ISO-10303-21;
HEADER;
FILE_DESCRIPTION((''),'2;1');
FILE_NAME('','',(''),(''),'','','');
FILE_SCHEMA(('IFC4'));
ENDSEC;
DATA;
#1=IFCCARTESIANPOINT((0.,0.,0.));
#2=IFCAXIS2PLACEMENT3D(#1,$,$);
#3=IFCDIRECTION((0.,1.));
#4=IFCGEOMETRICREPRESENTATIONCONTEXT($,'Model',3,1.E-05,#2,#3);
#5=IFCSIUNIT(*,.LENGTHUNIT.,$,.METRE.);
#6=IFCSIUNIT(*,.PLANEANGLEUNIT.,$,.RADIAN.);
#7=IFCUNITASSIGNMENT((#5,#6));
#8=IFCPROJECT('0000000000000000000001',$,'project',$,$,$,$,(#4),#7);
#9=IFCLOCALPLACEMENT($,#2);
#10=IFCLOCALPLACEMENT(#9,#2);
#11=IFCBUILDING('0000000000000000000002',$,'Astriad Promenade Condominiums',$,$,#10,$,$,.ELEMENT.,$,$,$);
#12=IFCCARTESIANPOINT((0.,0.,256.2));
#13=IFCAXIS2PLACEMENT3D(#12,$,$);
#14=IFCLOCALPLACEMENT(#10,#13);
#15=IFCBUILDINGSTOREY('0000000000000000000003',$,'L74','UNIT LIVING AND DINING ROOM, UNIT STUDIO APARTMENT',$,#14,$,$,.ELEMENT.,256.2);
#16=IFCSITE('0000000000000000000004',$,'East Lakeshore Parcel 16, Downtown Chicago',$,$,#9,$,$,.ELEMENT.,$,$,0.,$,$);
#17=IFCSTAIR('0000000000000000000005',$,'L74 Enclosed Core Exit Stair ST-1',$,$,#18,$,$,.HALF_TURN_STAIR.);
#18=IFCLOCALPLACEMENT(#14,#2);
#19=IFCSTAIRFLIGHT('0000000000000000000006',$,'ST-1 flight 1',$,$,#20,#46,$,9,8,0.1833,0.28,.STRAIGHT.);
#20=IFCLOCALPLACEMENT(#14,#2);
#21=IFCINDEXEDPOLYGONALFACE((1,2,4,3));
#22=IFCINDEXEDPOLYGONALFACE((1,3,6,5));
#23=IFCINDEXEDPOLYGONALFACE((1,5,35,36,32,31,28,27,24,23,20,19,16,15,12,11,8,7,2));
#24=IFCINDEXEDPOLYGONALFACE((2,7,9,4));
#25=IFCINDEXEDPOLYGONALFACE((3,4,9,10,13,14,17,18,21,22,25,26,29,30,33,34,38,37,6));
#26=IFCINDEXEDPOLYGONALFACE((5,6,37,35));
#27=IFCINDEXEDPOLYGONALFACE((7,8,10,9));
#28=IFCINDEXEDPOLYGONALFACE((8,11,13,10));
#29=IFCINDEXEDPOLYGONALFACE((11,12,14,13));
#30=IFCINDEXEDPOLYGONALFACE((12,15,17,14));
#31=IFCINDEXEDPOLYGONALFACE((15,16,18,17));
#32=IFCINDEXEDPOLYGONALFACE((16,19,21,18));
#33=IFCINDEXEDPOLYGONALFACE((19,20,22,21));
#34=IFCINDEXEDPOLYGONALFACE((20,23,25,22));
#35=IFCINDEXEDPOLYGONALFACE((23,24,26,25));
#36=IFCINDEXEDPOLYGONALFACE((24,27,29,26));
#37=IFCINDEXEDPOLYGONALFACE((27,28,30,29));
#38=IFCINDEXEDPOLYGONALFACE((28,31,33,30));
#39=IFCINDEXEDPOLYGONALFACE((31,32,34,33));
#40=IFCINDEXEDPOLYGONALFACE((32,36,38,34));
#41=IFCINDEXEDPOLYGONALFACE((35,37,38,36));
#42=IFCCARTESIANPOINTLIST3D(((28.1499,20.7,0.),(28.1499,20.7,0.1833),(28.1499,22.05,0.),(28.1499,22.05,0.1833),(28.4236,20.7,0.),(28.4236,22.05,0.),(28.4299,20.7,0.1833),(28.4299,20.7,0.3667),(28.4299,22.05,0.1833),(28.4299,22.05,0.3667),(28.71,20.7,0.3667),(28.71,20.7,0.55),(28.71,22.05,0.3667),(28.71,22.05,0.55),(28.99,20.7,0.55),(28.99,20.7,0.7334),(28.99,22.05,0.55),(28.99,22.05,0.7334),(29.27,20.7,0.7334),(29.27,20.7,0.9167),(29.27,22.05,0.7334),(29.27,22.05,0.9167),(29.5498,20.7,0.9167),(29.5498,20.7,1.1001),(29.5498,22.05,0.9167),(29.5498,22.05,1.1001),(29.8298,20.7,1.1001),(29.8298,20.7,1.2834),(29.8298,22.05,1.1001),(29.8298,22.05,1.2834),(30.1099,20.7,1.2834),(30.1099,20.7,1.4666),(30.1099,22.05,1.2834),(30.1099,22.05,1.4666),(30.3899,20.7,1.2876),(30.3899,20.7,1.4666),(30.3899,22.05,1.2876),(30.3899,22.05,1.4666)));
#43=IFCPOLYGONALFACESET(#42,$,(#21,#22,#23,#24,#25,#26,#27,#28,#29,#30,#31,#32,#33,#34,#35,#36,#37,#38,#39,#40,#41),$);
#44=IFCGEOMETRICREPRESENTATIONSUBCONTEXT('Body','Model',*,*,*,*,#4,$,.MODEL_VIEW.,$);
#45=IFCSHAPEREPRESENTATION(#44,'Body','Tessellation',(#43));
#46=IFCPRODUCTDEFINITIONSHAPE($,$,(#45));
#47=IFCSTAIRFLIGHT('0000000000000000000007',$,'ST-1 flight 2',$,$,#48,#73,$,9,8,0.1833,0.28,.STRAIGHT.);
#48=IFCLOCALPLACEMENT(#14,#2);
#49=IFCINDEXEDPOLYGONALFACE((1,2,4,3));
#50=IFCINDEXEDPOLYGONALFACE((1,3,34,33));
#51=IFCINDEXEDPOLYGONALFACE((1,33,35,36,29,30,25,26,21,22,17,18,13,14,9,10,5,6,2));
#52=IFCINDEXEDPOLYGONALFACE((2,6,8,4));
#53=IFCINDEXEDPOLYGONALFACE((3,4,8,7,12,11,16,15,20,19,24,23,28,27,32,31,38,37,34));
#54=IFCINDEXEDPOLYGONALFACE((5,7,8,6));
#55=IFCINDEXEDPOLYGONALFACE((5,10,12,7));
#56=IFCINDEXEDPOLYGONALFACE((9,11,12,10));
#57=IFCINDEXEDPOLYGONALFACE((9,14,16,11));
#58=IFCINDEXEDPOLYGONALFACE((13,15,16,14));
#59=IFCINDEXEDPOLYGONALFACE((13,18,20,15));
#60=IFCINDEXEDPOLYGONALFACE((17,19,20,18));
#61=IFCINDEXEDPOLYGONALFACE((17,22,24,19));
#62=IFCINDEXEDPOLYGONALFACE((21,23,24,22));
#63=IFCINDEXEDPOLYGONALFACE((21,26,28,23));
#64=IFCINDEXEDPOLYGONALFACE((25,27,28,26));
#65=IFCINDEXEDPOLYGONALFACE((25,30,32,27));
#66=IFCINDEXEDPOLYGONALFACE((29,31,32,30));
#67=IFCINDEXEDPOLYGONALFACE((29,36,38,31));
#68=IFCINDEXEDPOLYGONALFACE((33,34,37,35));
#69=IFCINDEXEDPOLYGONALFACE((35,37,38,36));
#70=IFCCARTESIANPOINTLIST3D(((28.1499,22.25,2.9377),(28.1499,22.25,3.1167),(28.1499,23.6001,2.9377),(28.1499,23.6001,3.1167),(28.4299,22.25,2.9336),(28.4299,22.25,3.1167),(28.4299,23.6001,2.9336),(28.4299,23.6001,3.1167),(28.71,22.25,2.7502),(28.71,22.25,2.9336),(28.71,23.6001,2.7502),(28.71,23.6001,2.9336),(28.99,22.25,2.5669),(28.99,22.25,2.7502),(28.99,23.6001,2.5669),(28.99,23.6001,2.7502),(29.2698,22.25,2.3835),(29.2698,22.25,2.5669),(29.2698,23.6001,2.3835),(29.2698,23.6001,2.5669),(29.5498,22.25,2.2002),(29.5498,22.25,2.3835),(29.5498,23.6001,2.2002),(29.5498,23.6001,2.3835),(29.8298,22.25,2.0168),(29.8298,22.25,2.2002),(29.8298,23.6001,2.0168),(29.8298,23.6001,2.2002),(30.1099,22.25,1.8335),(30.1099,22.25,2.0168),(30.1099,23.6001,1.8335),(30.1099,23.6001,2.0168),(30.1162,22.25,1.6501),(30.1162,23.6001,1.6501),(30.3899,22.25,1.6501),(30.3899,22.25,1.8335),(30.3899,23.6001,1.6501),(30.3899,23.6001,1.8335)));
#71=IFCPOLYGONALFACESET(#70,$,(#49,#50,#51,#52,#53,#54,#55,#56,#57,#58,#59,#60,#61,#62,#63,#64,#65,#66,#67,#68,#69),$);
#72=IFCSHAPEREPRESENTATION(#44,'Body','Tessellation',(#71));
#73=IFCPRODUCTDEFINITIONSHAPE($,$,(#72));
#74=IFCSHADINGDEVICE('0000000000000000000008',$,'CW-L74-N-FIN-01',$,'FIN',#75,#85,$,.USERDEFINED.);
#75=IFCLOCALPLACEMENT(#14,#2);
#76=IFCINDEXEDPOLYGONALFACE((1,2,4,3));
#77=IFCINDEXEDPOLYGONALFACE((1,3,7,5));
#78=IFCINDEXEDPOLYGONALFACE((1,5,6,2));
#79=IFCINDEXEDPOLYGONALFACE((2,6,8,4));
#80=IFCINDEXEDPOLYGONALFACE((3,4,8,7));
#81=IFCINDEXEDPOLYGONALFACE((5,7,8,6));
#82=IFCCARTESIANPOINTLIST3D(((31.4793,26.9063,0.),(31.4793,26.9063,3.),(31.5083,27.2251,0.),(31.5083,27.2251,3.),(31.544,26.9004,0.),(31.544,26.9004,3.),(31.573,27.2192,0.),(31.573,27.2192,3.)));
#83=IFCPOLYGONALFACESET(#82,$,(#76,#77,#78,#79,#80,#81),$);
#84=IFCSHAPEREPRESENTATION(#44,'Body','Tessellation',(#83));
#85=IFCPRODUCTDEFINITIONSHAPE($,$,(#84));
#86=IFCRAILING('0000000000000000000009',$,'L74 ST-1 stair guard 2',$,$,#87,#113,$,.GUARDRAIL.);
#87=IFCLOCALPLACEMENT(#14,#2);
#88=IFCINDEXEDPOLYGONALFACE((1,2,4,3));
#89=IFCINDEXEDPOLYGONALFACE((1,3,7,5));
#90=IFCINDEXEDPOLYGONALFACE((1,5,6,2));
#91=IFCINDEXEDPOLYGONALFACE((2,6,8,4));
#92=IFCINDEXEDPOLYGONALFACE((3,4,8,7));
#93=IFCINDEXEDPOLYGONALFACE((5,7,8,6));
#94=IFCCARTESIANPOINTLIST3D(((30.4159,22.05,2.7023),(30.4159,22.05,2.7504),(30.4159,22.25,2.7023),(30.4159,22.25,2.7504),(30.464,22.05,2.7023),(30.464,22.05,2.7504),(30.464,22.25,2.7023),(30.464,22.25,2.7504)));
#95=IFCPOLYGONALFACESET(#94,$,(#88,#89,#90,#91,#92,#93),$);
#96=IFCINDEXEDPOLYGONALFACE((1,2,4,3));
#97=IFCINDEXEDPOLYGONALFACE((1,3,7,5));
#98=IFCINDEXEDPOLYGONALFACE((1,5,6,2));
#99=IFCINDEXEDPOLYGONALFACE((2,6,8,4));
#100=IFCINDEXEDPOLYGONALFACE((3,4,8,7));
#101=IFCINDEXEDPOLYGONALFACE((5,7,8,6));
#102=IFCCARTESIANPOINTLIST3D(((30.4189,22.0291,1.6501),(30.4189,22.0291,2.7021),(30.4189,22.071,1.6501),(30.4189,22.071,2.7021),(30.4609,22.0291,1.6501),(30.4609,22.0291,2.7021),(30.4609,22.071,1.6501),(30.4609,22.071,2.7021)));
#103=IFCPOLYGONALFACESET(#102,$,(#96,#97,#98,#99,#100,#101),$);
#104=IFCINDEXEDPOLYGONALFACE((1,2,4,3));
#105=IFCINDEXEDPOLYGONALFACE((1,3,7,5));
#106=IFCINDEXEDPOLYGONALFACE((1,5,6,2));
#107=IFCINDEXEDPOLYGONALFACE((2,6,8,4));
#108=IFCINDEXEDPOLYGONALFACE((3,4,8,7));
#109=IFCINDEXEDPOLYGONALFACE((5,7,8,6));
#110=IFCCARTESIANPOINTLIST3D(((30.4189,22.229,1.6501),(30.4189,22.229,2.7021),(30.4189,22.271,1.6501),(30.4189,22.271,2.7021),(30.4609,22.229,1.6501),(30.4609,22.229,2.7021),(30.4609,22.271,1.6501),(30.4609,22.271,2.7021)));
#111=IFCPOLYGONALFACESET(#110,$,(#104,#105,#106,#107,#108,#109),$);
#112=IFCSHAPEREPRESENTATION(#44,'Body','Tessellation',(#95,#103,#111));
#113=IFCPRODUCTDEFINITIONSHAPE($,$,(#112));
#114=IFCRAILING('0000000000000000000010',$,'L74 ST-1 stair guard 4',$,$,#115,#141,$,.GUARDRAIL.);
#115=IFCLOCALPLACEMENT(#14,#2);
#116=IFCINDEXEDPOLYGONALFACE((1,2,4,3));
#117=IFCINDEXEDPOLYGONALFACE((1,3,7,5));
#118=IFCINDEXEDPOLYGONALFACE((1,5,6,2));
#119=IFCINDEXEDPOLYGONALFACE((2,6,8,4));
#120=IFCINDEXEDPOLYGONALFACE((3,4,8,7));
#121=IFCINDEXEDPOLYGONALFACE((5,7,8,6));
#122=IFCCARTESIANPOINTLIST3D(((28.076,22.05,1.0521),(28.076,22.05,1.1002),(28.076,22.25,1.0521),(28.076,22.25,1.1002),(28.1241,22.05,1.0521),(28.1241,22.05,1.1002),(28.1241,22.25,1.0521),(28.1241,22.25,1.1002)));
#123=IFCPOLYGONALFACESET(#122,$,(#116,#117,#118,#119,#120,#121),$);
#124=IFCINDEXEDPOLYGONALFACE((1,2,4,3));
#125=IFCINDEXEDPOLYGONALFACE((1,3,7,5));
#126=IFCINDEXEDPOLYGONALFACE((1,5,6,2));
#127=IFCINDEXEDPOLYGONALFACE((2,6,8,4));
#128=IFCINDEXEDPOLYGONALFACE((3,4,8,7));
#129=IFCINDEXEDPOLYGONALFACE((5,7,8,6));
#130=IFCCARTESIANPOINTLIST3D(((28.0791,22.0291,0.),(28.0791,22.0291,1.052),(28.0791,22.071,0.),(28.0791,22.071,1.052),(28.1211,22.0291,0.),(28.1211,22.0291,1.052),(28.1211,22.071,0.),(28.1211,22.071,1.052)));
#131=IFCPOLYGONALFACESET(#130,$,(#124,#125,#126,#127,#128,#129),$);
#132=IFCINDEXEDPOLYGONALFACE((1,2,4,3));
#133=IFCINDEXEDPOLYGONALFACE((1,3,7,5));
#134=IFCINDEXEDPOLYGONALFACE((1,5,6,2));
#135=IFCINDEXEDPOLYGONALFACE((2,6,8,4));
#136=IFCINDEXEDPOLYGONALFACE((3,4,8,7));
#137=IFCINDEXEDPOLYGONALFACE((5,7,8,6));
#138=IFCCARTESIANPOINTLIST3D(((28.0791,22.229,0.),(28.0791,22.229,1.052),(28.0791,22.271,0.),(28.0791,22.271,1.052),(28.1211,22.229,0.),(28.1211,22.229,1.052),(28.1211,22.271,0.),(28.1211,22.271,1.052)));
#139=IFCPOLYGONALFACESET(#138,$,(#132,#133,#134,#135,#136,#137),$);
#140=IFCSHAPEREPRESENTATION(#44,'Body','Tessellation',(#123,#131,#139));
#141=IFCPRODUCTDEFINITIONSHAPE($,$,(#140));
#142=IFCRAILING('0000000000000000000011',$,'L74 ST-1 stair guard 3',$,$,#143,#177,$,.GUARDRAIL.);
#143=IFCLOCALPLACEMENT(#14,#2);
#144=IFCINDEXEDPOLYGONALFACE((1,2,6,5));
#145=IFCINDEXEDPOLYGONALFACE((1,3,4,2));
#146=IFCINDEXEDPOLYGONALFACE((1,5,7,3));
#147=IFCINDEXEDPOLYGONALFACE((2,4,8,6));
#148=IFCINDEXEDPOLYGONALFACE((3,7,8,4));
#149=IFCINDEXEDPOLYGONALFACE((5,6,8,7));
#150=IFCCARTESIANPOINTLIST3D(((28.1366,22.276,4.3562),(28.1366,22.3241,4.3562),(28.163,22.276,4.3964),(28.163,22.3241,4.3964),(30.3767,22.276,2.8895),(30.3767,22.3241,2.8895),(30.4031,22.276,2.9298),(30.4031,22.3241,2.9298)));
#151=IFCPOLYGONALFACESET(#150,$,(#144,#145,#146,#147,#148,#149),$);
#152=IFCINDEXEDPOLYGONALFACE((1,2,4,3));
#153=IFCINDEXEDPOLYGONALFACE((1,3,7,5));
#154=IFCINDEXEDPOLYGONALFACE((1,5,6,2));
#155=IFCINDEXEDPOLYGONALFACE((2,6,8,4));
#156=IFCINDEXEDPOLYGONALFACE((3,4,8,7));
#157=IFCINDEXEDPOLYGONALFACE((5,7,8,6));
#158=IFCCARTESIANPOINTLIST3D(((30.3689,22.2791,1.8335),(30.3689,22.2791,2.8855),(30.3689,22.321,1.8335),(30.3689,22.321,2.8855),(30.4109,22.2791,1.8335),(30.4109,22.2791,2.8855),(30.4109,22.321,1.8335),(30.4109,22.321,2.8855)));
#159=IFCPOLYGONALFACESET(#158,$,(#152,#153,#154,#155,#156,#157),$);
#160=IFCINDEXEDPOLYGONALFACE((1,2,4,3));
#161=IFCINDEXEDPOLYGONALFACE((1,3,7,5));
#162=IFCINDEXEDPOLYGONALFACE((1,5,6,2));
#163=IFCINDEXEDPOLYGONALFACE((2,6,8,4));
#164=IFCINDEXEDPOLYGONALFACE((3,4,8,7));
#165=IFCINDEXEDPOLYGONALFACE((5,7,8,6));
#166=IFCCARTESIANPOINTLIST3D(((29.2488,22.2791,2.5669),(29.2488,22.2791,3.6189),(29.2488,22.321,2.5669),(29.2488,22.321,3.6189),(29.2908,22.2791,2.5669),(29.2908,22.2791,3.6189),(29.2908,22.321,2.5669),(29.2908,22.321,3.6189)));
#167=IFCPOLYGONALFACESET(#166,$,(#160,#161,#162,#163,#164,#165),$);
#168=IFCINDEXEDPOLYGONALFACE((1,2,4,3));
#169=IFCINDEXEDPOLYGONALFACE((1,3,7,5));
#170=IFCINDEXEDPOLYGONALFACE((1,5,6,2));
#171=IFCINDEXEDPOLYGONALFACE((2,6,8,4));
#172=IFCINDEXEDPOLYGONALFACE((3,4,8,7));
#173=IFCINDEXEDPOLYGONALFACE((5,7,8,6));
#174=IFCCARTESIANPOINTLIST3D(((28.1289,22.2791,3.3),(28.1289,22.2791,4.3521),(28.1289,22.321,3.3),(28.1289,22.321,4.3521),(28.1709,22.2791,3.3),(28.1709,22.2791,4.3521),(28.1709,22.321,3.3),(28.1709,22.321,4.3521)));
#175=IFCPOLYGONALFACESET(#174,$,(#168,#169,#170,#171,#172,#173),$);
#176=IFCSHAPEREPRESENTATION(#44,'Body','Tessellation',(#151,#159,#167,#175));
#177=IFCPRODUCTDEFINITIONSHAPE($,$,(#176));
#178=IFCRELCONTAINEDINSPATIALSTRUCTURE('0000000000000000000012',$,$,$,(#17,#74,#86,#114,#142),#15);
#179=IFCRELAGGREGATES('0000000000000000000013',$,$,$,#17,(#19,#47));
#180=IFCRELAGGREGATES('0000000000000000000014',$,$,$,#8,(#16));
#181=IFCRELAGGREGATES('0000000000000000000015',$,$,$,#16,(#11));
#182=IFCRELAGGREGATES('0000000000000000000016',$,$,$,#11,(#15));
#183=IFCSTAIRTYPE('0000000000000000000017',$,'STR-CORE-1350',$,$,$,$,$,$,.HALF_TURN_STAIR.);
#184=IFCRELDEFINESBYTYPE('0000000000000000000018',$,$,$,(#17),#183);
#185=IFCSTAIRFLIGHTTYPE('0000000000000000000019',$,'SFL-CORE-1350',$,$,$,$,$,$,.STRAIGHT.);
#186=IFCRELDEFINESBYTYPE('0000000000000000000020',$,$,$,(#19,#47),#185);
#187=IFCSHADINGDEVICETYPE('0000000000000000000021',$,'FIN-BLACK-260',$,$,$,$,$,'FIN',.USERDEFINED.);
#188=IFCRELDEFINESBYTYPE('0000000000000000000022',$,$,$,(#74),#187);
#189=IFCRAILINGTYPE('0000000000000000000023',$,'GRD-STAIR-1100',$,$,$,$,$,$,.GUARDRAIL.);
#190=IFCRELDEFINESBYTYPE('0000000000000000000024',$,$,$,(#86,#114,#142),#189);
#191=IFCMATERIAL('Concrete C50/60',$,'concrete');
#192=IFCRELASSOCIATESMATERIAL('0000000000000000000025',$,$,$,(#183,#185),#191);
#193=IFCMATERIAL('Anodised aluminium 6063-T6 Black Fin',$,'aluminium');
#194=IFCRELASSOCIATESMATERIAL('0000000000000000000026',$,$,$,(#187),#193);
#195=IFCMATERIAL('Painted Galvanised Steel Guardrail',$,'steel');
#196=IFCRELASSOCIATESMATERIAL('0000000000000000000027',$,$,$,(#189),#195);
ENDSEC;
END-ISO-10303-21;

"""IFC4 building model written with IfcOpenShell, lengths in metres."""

from ifc_helpers import new_model, si_unit, direction, frame, origin, origin_2d, place, context, subcontext, project, spatial, polyline, rectangle, outline, extrude, source, transform, mapped, material, type_object, type_shapes, element, aggregate, save


model = new_model("IFC4")

# Units and contexts
model_context = context("Model", 3, precision=1e-05, world=origin(), true_north=direction((0.0, 1.0)))
body_context = subcontext(model_context, "Body", "Model", "MODEL_VIEW")
ifc_project = project(units=[si_unit("LENGTHUNIT", "METRE"), si_unit("PLANEANGLEUNIT", "RADIAN")], contexts=[model_context])

# Site, building, storey
site_placement = place(None, origin())
site = spatial("IfcSite", under=ifc_project, at=site_placement, Name="East Lakeshore Parcel 16, Downtown Chicago", CompositionType="ELEMENT", RefElevation=0.0)
building_placement = place(site_placement, origin())
building = spatial("IfcBuilding", under=site, at=building_placement, Name="Astriad Promenade Condominiums", CompositionType="ELEMENT")
storey_placement = place(building_placement, frame((0.0, 0.0, 256.2)))
storey = spatial("IfcBuildingStorey", under=building, at=storey_placement, Name="L74", Description="UNIT LIVING AND DINING ROOM, UNIT STUDIO APARTMENT", CompositionType="ELEMENT", Elevation=256.2)

# Shared definitions
ifc_material_1 = material(Name="Concrete C50/60", Category="concrete")

# Stair, stair flights
stair_type = type_object("IfcStairType", Name="STR-CORE-1350", PredefinedType="HALF_TURN_STAIR", material=ifc_material_1)
stair_placement = place(storey_placement, origin())
stair = element("IfcStair", 1, at=stair_placement, inside=storey, type_object=stair_type, Name="L74 Enclosed Core Exit Stair ST-1", PredefinedType="HALF_TURN_STAIR")
stair_flight_type = type_object("IfcStairFlightType", Name="SFL-CORE-1350", PredefinedType="STRAIGHT", material=ifc_material_1)
shared_shape_1 = source(origin(), body_context, "Body", "SweptSolid", [
    extrude(outline(polyline([(0.0, 0.0), (0.0, 0.1833), (0.28, 0.1833), (0.28, 0.3667), (0.5601, 0.3667), (0.5601, 0.55), (0.8401, 0.55), (0.8401, 0.7334), (1.1201, 0.7334), (1.1201, 0.9167), (1.3999, 0.9167), (1.3999, 1.1001), (1.6799, 1.1001), (1.6799, 1.2834), (1.96, 1.2834), (1.96, 1.4666), (2.24, 1.4666), (2.24, 1.6499), (2.24, 1.2876), (0.2737, 0.0), (0.0, 0.0)])), frame((0.0, 0.675, 0.0), z_axis=(0.0, -1.0, 0.0), x_axis=(1.0, 0.0, 0.0)), (0.0, 0.0, 1.0), 1.3501),
])
type_shapes(stair_flight_type, [shared_shape_1])
stair_flight_1_placement = place(storey_placement, frame((28.1499, 21.375, 0.0), z_axis=(0.0, 0.0, 1.0), x_axis=(1.0, 0.0, 0.0)))
stair_flight_1 = element("IfcStairFlight", 2, at=stair_flight_1_placement, type_object=stair_flight_type, Name="ST-1 flight 1", NumberOfRisers=9, NumberOfTreads=8, PredefinedType="STRAIGHT", RiserHeight=0.1833, TreadLength=0.28, context=body_context, shape_type="MappedRepresentation", body=[
    mapped(shared_shape_1, transform((0.0, 0.0, 0.0), scale=1.0)),
])
stair_flight_2_placement = place(storey_placement, frame((30.3899, 22.925, 1.6501), z_axis=(0.0, 0.0, 1.0), x_axis=(-1.0, 0.0, 0.0)))
stair_flight_2 = element("IfcStairFlight", 3, at=stair_flight_2_placement, type_object=stair_flight_type, Name="ST-1 flight 2", NumberOfRisers=9, NumberOfTreads=8, PredefinedType="STRAIGHT", RiserHeight=0.1833, TreadLength=0.28, context=body_context, shape_type="MappedRepresentation", body=[
    mapped(shared_shape_1, transform((0.0, 0.0, 0.0), scale=1.0)),
])
aggregate(stair, [stair_flight_1, stair_flight_2])

# Shading device
ifc_material_2 = material(Name="Anodised aluminium 6063-T6 Black Fin", Category="aluminium")
shading_device_type = type_object("IfcShadingDeviceType", Name="FIN-BLACK-260", ElementType="FIN", PredefinedType="USERDEFINED", material=ifc_material_2)
shared_shape_2 = source(origin(), body_context, "Body", "SweptSolid", [
    extrude(rectangle(XDim=0.0649, YDim=0.3201, at=origin_2d()), origin(), (0.0, 0.0, 1.0), 3.0),
])
type_shapes(shading_device_type, [shared_shape_2])
shading_device_placement = place(storey_placement, frame((31.5261, 27.0627, 0.0), z_axis=(0.0, 0.0, 1.0), x_axis=(0.995884, -0.090633, 0.0)))
element("IfcShadingDevice", 4, at=shading_device_placement, inside=storey, type_object=shading_device_type, Name="CW-L74-N-FIN-01", ObjectType="FIN", PredefinedType="USERDEFINED", context=body_context, shape_type="MappedRepresentation", body=[
    mapped(shared_shape_2, transform((0.0, 0.0, 0.0), scale=1.0)),
])

# Railings
ifc_material_3 = material(Name="Painted Galvanised Steel Guardrail", Category="steel")
railing_type_1 = type_object("IfcRailingType", Name="GRD-STAIR-1100", PredefinedType="GUARDRAIL", material=ifc_material_3)
shared_shape_3 = source(origin(), body_context, "Body", "SweptSolid", [
    extrude(rectangle(XDim=0.0481, YDim=0.0481, at=origin_2d()), frame((0.0, 0.0, 1.0762), z_axis=(0.0, 1.0, 0.0), x_axis=(-1.0, 0.0, 0.0)), (0.0, 0.0, 1.0), 0.2),
    extrude(rectangle(XDim=0.042, YDim=0.042, at=origin_2d()), origin(), (0.0, 0.0, 1.0), 1.052),
    extrude(rectangle(XDim=0.042, YDim=0.042, at=origin_2d()), frame((0.0, 0.2, 0.0)), (0.0, 0.0, 1.0), 1.052),
])
for number, where, name in (
    (5, (30.4399, 22.05, 1.6501), "L74 ST-1 stair guard 2"),
    (6, (28.1001, 22.05, 0.0), "L74 ST-1 stair guard 4"),
):
    element("IfcRailing", number, at=place(storey_placement, frame(where)), inside=storey, type_object=railing_type_1, Name=name, PredefinedType="GUARDRAIL", context=body_context, shape_type="MappedRepresentation", body=[
        mapped(shared_shape_3, transform((0.0, 0.0, 0.0), scale=1.0)),
    ])
shared_shape_4 = source(origin(), body_context, "Body", "SweptSolid", [
    extrude(rectangle(XDim=0.0481, YDim=0.0481, at=origin_2d()), frame((0.0, 0.0, 1.0762), z_axis=(-0.836637, 0.0, 0.547758), x_axis=(0.0, -1.0, 0.0)), (0.0, 0.0, 1.0), 2.6775),
    extrude(rectangle(XDim=0.042, YDim=0.042, at=origin_2d()), origin(), (0.0, 0.0, 1.0), 1.052),
    extrude(rectangle(XDim=0.042, YDim=0.042, at=origin_2d()), frame((-1.1201, 0.0, 0.7334)), (0.0, 0.0, 1.0), 1.052),
    extrude(rectangle(XDim=0.042, YDim=0.042, at=origin_2d()), frame((-2.24, 0.0, 1.4666)), (0.0, 0.0, 1.0), 1.052),
])
railing_1_placement = place(storey_placement, frame((30.3899, 22.3, 1.8335)))
element("IfcRailing", 7, at=railing_1_placement, inside=storey, type_object=railing_type_1, Name="L74 ST-1 stair guard 3", PredefinedType="GUARDRAIL", context=body_context, shape_type="MappedRepresentation", body=[
    mapped(shared_shape_4, transform((0.0, 0.0, 0.0), scale=1.0)),
])

save(model, "model.ifc")
